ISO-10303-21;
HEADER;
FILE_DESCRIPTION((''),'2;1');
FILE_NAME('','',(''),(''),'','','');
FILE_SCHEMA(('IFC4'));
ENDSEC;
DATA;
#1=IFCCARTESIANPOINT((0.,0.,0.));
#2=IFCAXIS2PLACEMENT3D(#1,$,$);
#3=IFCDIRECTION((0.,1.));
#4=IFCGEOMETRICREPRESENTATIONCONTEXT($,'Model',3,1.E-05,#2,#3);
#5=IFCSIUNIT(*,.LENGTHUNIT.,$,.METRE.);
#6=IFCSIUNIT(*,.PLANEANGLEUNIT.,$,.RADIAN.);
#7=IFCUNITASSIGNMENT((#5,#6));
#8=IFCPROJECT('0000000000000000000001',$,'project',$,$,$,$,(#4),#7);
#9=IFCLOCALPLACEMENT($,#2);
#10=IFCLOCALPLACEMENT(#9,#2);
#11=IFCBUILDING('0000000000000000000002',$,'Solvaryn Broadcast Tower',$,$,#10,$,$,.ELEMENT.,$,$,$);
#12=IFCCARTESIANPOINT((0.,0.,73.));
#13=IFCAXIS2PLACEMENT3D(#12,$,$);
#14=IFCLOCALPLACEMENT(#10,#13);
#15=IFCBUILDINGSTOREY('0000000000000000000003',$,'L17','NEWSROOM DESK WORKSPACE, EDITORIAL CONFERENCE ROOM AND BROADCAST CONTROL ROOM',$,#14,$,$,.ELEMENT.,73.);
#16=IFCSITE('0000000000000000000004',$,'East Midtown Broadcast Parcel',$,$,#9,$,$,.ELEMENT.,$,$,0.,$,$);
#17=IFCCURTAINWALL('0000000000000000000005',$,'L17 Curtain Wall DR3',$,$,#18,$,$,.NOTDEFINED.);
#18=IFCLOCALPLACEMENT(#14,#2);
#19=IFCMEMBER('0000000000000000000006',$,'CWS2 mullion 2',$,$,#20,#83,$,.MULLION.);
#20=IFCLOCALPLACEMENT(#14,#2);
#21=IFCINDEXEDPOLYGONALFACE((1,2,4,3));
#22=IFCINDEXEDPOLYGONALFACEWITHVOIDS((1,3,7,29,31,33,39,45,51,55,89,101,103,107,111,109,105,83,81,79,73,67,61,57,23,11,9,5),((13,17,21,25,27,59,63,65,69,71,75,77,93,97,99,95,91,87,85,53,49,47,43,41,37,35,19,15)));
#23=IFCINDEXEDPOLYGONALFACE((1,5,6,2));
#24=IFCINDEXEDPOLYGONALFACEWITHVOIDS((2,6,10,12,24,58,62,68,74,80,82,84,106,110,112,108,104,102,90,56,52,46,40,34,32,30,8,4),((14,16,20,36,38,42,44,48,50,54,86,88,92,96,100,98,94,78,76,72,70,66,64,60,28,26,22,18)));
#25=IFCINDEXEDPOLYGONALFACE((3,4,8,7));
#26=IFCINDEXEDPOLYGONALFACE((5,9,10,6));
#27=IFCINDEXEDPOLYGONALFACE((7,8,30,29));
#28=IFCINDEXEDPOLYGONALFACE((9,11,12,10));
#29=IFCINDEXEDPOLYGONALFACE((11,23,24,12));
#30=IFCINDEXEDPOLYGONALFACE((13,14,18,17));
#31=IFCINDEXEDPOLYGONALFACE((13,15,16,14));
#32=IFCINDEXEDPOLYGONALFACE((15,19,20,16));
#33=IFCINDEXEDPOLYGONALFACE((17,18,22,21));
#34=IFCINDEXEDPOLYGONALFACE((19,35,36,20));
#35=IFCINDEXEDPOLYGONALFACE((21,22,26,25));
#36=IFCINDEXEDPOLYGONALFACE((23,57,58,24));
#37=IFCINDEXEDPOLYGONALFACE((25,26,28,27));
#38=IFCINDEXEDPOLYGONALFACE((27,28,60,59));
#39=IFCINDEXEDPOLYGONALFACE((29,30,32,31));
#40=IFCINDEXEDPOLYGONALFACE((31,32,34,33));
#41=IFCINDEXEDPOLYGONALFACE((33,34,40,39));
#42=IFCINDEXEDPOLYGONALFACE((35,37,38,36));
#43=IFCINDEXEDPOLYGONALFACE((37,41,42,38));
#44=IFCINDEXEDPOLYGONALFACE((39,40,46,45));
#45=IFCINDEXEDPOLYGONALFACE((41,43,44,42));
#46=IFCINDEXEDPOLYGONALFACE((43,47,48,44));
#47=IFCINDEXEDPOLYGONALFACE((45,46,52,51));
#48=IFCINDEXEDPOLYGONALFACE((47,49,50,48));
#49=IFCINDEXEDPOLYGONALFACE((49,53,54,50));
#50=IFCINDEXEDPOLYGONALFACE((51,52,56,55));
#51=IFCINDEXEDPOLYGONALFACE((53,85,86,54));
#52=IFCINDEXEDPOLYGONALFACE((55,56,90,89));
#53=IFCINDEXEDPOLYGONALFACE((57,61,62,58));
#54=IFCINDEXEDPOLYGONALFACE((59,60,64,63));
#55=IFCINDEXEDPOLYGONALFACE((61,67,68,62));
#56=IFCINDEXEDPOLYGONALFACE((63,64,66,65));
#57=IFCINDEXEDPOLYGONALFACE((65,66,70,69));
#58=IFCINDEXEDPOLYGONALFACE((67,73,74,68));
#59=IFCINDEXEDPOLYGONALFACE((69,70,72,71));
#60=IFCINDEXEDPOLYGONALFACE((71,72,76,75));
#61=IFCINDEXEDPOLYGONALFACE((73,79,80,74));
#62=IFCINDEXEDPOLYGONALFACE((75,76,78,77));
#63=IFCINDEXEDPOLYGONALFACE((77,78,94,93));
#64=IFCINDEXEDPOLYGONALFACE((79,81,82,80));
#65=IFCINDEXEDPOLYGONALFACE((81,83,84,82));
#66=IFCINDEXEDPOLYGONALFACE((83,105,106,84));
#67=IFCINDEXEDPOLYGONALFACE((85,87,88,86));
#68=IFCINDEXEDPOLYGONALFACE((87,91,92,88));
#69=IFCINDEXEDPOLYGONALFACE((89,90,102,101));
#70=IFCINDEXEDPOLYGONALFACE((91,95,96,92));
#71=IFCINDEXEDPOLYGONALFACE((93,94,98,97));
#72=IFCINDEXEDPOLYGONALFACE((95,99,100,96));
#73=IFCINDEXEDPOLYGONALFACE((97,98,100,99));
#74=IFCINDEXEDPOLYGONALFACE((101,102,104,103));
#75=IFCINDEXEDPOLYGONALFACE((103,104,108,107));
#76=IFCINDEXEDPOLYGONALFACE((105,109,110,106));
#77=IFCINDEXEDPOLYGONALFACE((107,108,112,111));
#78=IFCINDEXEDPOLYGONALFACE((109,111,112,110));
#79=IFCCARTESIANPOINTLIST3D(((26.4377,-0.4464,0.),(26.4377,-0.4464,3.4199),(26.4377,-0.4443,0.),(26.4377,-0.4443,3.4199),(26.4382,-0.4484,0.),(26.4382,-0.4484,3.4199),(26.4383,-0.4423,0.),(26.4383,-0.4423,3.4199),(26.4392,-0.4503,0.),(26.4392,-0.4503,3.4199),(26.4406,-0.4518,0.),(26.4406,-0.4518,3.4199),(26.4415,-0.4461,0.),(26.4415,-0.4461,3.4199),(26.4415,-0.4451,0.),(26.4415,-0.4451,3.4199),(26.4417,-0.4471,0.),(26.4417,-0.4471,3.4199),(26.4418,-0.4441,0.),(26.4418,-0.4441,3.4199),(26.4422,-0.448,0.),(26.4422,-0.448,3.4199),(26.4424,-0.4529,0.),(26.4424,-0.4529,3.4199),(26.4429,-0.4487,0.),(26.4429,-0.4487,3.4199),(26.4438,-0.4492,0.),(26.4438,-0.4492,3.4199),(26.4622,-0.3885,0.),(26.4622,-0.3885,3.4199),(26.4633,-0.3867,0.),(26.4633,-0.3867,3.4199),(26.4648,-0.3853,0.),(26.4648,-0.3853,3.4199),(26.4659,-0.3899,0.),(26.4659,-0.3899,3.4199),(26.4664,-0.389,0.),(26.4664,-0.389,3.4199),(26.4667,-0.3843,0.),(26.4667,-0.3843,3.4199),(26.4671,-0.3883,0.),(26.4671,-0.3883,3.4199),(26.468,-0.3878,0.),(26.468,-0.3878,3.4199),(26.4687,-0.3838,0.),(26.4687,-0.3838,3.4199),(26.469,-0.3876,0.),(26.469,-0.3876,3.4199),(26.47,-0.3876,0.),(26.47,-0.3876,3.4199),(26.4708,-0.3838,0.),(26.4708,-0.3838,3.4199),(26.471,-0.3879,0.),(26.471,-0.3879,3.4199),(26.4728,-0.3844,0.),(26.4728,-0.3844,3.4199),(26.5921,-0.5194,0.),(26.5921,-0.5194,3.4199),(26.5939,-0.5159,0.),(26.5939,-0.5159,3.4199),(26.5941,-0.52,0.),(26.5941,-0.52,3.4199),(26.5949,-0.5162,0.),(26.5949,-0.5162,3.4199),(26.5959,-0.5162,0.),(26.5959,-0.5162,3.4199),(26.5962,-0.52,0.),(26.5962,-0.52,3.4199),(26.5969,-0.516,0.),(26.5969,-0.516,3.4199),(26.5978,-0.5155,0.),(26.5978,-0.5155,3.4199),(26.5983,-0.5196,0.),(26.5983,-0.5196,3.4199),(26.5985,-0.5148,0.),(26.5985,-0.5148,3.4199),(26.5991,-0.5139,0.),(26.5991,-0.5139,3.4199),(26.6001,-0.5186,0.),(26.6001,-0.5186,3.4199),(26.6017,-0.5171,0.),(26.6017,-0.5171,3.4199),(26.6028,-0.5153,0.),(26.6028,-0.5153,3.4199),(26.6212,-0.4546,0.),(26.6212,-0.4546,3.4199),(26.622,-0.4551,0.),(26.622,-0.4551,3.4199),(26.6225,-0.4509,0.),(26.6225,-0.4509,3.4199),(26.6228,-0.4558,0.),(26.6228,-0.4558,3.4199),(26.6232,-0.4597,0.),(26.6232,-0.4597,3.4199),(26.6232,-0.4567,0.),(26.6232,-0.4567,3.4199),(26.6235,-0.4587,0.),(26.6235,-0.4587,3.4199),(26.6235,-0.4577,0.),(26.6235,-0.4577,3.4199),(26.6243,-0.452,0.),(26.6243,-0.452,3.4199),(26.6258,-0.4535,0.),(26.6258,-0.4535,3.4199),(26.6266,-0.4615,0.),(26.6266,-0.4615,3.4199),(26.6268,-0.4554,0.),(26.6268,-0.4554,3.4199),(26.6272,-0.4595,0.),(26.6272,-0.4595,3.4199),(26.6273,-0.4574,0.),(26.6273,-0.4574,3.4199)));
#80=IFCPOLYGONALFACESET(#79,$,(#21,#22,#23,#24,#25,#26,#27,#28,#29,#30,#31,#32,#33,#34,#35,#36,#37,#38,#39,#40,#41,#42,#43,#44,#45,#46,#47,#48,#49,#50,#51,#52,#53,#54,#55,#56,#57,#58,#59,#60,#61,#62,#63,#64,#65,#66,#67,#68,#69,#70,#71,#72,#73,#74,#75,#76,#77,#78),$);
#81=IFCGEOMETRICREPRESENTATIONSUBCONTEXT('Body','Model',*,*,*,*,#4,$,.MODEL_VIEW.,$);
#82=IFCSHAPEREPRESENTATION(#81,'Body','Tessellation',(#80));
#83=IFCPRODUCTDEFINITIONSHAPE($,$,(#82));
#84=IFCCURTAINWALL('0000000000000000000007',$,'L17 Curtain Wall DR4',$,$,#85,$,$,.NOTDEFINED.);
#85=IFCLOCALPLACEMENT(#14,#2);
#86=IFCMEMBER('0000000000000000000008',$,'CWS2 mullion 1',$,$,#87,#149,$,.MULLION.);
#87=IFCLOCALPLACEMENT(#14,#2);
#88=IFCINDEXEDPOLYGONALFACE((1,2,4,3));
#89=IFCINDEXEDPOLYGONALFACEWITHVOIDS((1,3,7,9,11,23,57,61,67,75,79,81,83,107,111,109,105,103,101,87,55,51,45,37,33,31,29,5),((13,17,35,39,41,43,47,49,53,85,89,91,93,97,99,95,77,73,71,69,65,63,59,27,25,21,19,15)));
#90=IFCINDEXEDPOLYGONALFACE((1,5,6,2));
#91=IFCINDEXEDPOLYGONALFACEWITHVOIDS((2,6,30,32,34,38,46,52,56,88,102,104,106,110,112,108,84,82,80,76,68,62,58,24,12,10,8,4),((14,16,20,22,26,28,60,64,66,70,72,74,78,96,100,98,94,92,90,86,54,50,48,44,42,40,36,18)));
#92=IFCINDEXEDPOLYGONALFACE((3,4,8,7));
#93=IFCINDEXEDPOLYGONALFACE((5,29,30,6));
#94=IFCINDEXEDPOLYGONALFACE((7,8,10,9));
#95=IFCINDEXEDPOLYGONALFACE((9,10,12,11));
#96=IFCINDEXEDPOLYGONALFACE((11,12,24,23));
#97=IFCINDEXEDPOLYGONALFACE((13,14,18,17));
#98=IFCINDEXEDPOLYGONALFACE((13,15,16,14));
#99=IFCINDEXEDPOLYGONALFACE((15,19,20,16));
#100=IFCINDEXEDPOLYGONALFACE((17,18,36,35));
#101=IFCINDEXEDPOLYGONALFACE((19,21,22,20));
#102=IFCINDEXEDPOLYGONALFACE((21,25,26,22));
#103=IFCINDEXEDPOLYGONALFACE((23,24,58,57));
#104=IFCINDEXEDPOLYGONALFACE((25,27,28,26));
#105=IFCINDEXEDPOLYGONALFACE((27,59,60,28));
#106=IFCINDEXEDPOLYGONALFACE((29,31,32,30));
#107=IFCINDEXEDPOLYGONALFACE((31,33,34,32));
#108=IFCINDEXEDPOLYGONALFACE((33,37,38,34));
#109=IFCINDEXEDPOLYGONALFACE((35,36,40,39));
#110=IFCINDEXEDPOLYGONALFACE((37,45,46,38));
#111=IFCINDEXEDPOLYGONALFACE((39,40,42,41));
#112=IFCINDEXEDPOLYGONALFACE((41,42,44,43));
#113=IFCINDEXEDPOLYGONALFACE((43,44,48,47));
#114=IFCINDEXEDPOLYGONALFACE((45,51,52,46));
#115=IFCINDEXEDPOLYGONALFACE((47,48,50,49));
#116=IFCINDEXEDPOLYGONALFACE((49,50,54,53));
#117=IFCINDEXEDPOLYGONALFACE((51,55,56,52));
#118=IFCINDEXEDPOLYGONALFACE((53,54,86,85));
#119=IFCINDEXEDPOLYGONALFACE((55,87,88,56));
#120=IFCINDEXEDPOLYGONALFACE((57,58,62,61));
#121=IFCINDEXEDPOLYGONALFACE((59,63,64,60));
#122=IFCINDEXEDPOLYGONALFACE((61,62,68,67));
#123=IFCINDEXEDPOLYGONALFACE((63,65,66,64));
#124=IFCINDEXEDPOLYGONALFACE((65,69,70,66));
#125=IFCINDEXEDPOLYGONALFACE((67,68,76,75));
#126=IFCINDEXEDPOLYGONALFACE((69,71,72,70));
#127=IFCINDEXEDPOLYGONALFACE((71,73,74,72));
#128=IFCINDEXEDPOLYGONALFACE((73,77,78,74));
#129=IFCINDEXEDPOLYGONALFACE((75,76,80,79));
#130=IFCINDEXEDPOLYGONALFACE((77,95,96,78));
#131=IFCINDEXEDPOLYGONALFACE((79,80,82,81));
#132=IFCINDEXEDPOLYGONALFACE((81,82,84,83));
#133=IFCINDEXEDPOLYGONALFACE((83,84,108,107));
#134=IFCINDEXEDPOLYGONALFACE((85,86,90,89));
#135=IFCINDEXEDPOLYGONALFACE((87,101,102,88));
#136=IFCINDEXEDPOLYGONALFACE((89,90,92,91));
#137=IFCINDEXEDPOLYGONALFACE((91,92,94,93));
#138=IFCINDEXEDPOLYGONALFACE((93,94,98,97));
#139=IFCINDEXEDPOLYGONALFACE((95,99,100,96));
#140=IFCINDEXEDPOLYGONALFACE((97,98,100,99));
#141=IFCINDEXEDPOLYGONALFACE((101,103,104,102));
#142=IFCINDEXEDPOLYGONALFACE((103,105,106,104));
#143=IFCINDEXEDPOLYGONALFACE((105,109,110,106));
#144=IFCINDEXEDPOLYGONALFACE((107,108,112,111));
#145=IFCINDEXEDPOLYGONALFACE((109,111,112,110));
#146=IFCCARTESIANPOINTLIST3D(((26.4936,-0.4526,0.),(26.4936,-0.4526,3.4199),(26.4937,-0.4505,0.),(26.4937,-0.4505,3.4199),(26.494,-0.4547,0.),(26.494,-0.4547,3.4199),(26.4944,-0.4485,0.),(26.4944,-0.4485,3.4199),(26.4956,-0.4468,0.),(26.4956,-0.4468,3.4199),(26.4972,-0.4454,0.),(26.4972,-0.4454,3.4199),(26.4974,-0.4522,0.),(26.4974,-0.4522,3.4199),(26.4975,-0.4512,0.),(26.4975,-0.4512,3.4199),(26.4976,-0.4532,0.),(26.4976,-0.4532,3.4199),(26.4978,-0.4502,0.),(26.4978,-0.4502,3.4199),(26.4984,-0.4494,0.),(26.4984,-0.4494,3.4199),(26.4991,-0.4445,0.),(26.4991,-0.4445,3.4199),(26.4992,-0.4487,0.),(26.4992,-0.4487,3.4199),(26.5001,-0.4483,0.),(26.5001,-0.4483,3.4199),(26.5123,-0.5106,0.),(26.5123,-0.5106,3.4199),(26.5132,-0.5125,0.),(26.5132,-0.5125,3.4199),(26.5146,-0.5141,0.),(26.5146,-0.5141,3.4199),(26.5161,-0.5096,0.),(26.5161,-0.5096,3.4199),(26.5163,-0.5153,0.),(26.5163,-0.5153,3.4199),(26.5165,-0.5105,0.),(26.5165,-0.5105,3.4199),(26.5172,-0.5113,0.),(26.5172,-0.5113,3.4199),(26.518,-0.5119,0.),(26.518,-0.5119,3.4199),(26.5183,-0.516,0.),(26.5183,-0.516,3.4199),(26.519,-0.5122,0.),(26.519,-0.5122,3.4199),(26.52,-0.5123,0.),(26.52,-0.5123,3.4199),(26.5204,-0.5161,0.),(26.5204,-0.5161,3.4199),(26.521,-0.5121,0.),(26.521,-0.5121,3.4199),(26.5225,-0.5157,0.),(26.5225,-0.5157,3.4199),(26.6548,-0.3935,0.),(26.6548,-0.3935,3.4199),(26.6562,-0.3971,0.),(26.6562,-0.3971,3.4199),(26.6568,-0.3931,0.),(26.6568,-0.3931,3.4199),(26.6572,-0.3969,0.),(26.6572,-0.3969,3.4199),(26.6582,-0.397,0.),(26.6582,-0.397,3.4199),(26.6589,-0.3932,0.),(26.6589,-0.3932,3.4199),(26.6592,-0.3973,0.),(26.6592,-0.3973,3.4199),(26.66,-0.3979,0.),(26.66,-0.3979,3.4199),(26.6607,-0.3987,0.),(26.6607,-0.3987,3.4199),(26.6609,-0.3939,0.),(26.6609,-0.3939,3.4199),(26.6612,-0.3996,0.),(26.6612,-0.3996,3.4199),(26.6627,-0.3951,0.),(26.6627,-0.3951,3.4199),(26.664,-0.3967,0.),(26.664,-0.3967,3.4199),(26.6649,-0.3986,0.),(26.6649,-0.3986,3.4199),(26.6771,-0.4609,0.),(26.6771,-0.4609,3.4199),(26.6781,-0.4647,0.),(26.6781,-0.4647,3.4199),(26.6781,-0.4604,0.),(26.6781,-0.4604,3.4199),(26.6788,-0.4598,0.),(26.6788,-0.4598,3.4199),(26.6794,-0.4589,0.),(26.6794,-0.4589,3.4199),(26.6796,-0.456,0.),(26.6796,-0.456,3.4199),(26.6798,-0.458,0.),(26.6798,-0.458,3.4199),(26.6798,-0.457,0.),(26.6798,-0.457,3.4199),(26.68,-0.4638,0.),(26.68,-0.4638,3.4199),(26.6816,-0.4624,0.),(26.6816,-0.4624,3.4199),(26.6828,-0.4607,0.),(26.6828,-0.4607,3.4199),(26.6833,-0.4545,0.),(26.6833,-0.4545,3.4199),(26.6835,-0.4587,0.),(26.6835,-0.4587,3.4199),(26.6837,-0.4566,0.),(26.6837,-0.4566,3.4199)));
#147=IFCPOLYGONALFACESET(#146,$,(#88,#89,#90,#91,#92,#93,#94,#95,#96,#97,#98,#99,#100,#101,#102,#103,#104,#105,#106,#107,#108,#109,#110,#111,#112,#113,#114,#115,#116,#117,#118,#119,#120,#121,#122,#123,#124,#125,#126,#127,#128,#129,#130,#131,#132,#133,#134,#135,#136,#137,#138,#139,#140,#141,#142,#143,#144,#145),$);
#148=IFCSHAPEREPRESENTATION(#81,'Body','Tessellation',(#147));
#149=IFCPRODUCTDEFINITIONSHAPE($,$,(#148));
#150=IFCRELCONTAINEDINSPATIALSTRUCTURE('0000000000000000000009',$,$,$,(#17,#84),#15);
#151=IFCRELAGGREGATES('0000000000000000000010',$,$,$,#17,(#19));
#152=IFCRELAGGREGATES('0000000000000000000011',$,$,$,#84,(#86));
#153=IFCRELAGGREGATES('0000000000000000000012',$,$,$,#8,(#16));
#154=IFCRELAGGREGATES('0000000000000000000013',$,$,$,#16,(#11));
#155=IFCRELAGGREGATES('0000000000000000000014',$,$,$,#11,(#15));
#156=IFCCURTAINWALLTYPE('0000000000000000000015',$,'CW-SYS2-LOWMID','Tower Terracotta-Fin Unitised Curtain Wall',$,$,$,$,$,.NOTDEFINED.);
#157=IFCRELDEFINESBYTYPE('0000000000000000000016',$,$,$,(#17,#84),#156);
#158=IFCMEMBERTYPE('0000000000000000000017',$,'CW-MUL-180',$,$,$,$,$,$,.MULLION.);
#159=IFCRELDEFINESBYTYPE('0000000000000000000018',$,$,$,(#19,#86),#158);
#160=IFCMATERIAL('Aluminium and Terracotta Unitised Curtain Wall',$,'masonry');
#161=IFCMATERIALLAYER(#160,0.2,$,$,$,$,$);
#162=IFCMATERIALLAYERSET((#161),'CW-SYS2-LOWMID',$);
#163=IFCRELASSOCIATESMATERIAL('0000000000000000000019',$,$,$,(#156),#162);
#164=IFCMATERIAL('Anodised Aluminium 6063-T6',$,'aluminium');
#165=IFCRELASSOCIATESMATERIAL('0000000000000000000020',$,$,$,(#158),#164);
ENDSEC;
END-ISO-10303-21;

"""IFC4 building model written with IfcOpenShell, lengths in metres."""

from ifc_helpers import new_model, si_unit, direction, frame, origin, origin_2d, place, context, subcontext, project, spatial, hollow_rectangle, extrude, material, layer, layer_set, material_profile, profile_set, type_object, element, aggregate, save


model = new_model("IFC4")

# Units and contexts
model_context = context("Model", 3, precision=1e-05, world=origin(), true_north=direction((0.0, 1.0)))
body_context = subcontext(model_context, "Body", "Model", "MODEL_VIEW")
ifc_project = project(units=[si_unit("LENGTHUNIT", "METRE"), si_unit("PLANEANGLEUNIT", "RADIAN")], contexts=[model_context])

# Site, building, storey
site_placement = place(None, origin())
site = spatial("IfcSite", under=ifc_project, at=site_placement, Name="East Midtown Broadcast Parcel", CompositionType="ELEMENT", RefElevation=0.0)
building_placement = place(site_placement, origin())
building = spatial("IfcBuilding", under=site, at=building_placement, Name="Solvaryn Broadcast Tower", CompositionType="ELEMENT")
storey_placement = place(building_placement, frame((0.0, 0.0, 73.0)))
storey = spatial("IfcBuildingStorey", under=building, at=storey_placement, Name="L17", Description="NEWSROOM DESK WORKSPACE, EDITORIAL CONFERENCE ROOM AND BROADCAST CONTROL ROOM", CompositionType="ELEMENT", Elevation=73.0)

# Curtain wall, member
ifc_material_1 = material(Name="Aluminium and Terracotta Unitised Curtain Wall", Category="masonry")
ifc_layer_1 = layer(ifc_material_1, 0.2)
ifc_layer_set_1 = layer_set([ifc_layer_1], Name="CW-SYS2-LOWMID")
curtain_wall_type = type_object("IfcCurtainWallType", Name="CW-SYS2-LOWMID", Description="Tower Terracotta-Fin Unitised Curtain Wall", PredefinedType="NOTDEFINED", material=ifc_layer_set_1)
curtain_wall_1_placement = place(storey_placement, origin())
curtain_wall_1 = element("IfcCurtainWall", 1, at=curtain_wall_1_placement, inside=storey, type_object=curtain_wall_type, Name="L17 Curtain Wall DR3", PredefinedType="NOTDEFINED")
ifc_material_2 = material(Name="Anodised Aluminium 6063-T6", Category="aluminium")
ifc_material_profile_1 = material_profile(ifc_material_2, hollow_rectangle(XDim=0.075, YDim=0.1799, WallThickness=0.0039, InnerFilletRadius=0.0039, OuterFilletRadius=0.0081, at=origin_2d()))
ifc_profile_set_1 = profile_set([ifc_material_profile_1], Name="Anodised Aluminium 6063-T6")
member_type_1 = type_object("IfcMemberType", Name="CW-MUL-180", PredefinedType="MULLION", material=ifc_profile_set_1)
member_1_placement = place(storey_placement, frame((26.5325, -0.4519, 0.0), z_axis=(0.0, 0.0, 1.0), x_axis=(0.405898, 0.913918, 0.0)))
member_1 = element("IfcMember", 2, at=member_1_placement, type_object=member_type_1, Name="CWS2 mullion 2", PredefinedType="MULLION", context=body_context, shape_type="SweptSolid", body=[
    extrude(hollow_rectangle(XDim=0.075, YDim=0.1799, WallThickness=0.0039, InnerFilletRadius=0.0039, OuterFilletRadius=0.0081, at=origin_2d()), origin(), (0.0, 0.0, 1.0), 3.4199),
])
aggregate(curtain_wall_1, [member_1])

# Curtain wall, member
curtain_wall_2_placement = place(storey_placement, origin())
curtain_wall_2 = element("IfcCurtainWall", 3, at=curtain_wall_2_placement, inside=storey, type_object=curtain_wall_type, Name="L17 Curtain Wall DR4", PredefinedType="NOTDEFINED")
member_2_placement = place(storey_placement, frame((26.5886, -0.4546, 0.0), z_axis=(0.0, 0.0, 1.0), x_axis=(-0.311594, 0.950215, 0.0)))
member_2 = element("IfcMember", 4, at=member_2_placement, type_object=member_type_1, Name="CWS2 mullion 1", PredefinedType="MULLION", context=body_context, shape_type="SweptSolid", body=[
    extrude(hollow_rectangle(XDim=0.075, YDim=0.1799, WallThickness=0.0039, InnerFilletRadius=0.0039, OuterFilletRadius=0.0081, at=origin_2d()), origin(), (0.0, 0.0, 1.0), 3.4199),
])
aggregate(curtain_wall_2, [member_2])

save(model, "model.ifc")
